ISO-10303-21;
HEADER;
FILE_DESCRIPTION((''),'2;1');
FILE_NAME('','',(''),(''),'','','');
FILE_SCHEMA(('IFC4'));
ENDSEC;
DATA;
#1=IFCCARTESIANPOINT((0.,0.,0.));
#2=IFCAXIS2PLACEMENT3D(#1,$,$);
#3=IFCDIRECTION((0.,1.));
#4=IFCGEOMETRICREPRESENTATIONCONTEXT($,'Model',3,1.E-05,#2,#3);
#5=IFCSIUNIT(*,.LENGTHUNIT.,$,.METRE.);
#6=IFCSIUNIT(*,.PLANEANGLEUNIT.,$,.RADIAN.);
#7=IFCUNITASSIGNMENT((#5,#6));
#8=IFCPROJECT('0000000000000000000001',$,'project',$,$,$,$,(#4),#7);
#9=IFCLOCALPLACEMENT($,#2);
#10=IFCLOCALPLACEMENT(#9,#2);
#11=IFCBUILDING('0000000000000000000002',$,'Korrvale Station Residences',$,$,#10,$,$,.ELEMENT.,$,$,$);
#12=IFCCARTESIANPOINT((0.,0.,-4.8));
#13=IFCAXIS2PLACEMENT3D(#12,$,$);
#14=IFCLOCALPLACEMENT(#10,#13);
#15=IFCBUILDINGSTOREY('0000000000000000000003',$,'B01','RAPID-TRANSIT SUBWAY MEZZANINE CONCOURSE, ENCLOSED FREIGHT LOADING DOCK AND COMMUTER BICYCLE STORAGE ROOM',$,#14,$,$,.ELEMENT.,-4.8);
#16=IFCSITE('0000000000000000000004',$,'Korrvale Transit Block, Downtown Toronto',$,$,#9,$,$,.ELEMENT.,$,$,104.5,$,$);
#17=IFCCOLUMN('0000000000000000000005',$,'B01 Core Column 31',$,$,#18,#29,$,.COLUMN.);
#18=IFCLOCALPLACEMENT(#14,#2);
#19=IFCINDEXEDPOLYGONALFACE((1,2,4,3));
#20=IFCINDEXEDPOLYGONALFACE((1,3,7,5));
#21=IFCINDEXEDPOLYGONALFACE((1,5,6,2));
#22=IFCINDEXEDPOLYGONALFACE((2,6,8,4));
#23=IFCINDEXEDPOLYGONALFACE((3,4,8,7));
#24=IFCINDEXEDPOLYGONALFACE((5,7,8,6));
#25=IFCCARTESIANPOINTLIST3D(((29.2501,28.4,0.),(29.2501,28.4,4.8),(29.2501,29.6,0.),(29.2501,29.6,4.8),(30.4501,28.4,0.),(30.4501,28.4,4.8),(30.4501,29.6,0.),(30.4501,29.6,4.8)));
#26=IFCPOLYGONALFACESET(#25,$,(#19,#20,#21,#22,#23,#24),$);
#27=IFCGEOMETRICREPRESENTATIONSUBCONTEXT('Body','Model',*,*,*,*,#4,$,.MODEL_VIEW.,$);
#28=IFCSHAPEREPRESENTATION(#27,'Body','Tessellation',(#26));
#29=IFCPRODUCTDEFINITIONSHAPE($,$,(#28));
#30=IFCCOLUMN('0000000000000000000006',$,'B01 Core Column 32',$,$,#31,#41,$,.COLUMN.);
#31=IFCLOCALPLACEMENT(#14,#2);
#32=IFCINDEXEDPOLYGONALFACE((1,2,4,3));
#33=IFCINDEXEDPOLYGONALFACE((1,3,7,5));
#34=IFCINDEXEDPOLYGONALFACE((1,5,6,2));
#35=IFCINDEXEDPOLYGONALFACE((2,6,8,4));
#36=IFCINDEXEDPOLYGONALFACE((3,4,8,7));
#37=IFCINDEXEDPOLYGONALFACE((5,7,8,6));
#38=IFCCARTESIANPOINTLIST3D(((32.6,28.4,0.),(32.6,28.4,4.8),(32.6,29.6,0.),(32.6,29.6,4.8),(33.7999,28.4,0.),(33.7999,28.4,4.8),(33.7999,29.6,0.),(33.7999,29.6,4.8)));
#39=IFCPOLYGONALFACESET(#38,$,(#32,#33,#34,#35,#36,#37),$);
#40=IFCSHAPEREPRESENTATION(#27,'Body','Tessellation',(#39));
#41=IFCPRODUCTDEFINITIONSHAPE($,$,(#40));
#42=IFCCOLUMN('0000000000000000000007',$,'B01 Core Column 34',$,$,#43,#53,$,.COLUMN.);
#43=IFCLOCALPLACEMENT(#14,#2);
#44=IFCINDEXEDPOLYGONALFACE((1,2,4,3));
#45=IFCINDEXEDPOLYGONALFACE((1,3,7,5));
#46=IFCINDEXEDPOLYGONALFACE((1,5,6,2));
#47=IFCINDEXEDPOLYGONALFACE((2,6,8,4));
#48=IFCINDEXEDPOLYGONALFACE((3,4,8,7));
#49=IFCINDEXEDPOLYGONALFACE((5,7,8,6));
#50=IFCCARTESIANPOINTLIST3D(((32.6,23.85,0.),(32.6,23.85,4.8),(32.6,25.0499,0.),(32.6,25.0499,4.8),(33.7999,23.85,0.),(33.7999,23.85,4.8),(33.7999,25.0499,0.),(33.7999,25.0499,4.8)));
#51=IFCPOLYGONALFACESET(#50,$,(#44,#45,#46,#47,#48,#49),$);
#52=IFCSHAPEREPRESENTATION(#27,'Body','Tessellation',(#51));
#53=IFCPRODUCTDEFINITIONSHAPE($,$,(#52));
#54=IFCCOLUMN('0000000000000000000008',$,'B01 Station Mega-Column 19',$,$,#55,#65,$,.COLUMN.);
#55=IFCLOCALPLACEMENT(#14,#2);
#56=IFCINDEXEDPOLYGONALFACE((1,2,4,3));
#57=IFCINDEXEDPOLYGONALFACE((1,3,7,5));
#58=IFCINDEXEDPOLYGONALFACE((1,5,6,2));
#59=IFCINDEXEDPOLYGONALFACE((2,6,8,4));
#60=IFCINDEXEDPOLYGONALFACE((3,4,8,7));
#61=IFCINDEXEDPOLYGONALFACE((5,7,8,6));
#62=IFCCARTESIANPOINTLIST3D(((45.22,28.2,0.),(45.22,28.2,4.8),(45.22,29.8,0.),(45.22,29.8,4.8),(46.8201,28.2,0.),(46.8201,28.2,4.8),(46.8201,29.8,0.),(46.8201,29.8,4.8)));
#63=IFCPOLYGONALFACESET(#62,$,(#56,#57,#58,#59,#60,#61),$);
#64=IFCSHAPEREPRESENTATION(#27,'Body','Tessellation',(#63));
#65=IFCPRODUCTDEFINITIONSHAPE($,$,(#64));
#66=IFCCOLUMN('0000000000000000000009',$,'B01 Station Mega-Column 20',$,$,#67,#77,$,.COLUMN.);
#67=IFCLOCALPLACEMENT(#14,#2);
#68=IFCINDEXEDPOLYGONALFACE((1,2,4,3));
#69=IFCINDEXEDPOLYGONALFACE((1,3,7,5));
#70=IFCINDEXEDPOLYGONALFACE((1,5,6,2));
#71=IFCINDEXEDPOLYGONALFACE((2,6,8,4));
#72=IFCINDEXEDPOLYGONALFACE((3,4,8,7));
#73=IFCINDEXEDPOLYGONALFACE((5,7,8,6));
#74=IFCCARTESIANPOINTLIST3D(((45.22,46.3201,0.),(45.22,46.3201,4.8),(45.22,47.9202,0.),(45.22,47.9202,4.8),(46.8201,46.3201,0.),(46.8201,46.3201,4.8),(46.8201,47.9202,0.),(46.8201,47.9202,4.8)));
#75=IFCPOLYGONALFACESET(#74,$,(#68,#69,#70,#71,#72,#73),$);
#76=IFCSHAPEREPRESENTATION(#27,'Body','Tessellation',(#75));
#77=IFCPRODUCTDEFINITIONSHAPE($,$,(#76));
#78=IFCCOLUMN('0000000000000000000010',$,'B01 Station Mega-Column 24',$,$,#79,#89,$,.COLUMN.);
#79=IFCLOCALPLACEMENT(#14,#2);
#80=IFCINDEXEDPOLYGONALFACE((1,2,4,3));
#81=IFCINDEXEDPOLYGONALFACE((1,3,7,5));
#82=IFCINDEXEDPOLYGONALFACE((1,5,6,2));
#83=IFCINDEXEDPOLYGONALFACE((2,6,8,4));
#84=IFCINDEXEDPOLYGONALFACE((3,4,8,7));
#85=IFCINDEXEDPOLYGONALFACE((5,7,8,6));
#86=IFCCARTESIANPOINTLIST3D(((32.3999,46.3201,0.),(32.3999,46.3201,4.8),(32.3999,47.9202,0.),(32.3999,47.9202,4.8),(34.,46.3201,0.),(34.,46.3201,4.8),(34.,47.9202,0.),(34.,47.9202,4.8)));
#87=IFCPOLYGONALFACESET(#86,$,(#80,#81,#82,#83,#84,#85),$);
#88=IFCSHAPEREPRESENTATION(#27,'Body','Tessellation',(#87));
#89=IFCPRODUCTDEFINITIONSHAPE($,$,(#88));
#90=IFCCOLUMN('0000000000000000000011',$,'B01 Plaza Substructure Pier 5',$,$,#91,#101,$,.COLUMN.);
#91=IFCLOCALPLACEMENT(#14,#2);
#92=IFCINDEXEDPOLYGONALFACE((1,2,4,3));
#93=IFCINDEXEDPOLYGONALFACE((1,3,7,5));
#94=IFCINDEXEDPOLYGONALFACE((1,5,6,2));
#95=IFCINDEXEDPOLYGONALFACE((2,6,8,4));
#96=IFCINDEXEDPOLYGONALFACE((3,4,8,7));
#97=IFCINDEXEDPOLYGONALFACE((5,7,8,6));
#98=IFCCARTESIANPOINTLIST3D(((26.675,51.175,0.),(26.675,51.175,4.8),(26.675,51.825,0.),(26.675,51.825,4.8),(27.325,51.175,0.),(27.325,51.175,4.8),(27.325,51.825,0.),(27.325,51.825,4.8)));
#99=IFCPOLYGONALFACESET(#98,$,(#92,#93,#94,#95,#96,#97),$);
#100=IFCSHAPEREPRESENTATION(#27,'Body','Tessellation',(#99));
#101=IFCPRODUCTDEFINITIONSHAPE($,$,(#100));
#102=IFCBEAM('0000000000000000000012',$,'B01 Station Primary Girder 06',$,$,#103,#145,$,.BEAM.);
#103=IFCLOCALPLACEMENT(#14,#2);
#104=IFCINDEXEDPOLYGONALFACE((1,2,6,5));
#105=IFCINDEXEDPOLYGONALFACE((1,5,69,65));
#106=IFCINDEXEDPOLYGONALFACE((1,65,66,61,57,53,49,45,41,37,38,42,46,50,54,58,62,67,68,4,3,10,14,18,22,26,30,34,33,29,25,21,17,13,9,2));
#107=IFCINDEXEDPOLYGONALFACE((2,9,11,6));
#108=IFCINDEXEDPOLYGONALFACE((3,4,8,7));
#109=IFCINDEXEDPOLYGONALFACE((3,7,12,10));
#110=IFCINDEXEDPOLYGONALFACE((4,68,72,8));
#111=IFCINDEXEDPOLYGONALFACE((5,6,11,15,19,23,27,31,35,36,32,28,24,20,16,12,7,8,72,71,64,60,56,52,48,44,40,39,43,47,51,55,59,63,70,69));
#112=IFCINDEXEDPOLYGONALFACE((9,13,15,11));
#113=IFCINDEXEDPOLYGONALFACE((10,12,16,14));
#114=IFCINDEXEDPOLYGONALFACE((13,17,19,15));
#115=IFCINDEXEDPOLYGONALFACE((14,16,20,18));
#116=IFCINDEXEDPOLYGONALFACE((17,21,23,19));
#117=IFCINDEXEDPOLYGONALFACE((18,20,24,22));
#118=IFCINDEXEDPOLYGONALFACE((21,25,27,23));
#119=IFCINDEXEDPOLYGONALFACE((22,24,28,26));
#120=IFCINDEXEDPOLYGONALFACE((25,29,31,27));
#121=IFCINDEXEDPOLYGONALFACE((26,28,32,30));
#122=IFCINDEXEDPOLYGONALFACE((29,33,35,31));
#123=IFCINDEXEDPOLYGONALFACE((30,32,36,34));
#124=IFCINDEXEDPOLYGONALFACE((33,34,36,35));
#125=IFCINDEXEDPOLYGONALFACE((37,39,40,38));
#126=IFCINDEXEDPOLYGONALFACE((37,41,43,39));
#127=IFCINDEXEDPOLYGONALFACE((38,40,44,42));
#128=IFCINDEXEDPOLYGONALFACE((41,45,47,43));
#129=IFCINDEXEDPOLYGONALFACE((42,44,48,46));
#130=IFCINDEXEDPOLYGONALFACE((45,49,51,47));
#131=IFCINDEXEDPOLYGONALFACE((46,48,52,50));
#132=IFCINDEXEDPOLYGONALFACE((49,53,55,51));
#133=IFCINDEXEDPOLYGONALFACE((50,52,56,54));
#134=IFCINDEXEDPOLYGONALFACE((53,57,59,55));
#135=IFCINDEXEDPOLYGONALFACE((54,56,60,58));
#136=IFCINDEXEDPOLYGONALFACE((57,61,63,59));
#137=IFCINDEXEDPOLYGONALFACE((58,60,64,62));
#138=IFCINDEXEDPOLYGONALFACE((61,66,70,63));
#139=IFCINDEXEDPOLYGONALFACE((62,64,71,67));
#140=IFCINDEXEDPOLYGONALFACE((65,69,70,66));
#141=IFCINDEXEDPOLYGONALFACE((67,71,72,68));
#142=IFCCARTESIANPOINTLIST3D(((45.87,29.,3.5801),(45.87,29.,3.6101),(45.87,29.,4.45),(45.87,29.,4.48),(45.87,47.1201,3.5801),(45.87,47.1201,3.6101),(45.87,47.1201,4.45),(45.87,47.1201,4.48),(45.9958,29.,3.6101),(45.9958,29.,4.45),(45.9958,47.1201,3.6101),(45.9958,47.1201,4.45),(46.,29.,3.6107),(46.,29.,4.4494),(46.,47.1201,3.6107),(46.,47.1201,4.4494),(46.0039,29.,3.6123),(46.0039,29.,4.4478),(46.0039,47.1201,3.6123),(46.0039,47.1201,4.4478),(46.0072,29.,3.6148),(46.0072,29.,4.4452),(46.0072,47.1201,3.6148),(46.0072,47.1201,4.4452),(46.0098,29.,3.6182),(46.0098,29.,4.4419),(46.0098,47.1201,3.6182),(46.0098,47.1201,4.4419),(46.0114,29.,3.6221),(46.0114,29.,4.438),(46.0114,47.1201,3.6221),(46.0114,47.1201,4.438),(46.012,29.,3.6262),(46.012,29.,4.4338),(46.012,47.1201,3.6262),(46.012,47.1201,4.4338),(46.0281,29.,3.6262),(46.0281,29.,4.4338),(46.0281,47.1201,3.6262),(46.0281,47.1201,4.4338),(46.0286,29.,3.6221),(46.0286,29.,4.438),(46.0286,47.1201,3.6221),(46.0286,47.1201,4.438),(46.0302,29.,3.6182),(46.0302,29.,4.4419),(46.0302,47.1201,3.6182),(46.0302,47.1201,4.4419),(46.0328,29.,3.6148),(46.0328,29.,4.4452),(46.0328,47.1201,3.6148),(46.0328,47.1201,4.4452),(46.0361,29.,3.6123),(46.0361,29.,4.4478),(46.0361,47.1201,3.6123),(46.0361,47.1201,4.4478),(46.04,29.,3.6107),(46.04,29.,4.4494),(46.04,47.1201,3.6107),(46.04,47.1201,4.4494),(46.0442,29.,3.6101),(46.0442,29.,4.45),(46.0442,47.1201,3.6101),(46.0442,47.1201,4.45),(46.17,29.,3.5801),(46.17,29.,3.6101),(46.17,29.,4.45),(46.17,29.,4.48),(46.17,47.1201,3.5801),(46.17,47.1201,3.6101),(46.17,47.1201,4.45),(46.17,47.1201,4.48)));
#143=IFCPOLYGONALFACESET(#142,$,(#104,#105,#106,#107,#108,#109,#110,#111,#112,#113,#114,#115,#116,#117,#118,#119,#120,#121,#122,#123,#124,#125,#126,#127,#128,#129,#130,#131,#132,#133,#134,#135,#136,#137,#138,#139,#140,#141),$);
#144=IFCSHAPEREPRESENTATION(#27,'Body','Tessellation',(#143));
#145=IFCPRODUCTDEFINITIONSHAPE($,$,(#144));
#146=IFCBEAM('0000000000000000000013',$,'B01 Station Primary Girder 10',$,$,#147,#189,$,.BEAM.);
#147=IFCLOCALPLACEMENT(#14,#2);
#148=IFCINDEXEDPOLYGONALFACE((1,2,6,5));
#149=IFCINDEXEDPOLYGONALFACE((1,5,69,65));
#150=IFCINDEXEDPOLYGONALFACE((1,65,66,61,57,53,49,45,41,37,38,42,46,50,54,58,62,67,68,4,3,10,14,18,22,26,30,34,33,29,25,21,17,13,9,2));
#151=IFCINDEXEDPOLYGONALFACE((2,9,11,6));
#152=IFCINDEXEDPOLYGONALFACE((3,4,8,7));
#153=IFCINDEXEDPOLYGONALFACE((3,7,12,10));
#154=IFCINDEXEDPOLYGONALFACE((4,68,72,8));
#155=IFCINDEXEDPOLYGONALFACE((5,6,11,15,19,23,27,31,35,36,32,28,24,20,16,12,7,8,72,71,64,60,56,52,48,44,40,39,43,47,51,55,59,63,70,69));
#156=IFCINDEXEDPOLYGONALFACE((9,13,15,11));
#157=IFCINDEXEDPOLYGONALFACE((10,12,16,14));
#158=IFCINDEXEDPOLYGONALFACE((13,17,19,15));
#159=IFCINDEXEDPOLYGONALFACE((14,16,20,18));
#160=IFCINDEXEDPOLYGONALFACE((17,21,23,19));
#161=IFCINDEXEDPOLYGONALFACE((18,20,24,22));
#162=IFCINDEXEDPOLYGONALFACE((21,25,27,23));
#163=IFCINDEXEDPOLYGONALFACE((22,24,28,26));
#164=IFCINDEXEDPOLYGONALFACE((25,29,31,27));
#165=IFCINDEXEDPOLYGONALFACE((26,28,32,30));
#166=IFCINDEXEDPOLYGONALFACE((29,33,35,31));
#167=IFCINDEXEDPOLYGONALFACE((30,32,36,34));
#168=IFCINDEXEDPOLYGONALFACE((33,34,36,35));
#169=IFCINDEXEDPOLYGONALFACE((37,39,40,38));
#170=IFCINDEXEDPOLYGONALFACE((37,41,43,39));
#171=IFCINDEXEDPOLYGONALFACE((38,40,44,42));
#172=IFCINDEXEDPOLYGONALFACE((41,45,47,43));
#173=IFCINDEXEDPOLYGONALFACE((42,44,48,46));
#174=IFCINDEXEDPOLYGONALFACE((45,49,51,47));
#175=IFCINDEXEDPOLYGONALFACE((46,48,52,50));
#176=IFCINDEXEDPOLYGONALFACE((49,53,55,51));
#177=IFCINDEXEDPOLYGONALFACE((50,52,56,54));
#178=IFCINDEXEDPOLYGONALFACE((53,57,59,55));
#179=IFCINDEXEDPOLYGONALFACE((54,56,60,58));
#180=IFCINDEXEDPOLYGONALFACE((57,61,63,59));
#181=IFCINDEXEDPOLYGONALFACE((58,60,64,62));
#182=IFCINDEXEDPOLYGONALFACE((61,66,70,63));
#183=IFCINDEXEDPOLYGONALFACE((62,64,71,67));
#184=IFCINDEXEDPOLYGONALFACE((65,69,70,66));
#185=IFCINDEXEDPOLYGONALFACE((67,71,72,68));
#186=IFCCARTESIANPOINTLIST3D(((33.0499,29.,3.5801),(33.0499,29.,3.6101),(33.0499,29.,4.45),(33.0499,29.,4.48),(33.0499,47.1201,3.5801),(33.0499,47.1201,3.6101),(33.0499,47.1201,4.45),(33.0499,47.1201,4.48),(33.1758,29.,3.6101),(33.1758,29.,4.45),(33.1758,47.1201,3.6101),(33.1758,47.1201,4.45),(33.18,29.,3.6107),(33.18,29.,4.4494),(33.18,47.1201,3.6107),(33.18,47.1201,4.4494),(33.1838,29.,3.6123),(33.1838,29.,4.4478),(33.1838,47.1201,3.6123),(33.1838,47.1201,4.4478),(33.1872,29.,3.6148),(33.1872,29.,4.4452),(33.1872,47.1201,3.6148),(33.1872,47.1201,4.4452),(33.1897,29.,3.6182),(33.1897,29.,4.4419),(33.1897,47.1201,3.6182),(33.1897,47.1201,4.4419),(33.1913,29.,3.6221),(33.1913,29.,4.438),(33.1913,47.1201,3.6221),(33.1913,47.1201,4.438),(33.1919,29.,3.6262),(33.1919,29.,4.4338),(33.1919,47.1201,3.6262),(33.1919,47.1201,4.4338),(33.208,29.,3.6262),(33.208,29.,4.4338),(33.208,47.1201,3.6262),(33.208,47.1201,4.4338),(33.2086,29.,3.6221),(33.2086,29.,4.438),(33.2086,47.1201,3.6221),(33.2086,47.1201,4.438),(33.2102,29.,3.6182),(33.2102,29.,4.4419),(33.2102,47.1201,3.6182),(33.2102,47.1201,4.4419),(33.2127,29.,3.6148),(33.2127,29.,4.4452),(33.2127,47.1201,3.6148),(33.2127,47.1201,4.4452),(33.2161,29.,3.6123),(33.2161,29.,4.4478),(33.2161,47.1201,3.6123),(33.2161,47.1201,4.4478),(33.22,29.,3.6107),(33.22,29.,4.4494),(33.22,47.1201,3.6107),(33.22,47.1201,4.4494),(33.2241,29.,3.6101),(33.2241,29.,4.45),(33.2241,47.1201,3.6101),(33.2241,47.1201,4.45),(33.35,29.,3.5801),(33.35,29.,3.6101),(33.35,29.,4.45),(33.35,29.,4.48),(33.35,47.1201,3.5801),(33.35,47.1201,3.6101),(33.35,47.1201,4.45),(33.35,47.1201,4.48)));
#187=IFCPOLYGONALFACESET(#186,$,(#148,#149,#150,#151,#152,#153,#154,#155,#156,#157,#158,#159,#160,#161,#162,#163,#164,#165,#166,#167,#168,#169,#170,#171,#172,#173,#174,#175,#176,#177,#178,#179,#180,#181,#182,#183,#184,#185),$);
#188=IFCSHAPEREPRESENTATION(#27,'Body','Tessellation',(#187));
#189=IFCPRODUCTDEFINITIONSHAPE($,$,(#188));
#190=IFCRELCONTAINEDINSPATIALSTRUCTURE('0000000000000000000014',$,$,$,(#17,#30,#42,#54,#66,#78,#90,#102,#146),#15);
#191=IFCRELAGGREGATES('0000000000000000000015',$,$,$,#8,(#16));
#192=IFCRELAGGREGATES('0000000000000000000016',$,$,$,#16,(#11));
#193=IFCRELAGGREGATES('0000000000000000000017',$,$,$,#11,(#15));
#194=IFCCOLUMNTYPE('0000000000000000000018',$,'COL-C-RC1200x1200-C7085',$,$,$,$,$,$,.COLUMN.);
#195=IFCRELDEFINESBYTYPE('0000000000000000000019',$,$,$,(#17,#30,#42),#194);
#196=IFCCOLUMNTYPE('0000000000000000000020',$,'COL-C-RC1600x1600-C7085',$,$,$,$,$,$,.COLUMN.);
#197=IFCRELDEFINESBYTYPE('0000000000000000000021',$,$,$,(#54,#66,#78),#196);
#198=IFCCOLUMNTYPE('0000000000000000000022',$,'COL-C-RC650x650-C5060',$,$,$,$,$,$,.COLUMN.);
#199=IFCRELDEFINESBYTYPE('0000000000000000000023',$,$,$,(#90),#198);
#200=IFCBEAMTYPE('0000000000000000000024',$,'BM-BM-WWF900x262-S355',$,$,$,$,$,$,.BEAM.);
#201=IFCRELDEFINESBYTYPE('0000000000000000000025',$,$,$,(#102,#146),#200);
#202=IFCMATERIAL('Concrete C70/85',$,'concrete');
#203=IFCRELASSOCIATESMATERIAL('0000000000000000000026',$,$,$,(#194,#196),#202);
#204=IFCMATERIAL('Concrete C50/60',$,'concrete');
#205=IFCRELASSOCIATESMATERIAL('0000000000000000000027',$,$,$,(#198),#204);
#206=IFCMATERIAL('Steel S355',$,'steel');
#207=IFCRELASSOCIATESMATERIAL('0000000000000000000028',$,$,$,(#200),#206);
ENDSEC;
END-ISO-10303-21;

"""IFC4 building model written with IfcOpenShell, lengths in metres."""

from ifc_helpers import new_model, si_unit, direction, frame, origin, origin_2d, place, context, subcontext, project, spatial, rectangle, i_section, extrude, material, material_profile, profile_set, type_object, element, save


model = new_model("IFC4")

# Units and contexts
model_context = context("Model", 3, precision=1e-05, world=origin(), true_north=direction((0.0, 1.0)))
body_context = subcontext(model_context, "Body", "Model", "MODEL_VIEW")
ifc_project = project(units=[si_unit("LENGTHUNIT", "METRE"), si_unit("PLANEANGLEUNIT", "RADIAN")], contexts=[model_context])

# Site, building, storey
site_placement = place(None, origin())
site = spatial("IfcSite", under=ifc_project, at=site_placement, Name="Korrvale Transit Block, Downtown Toronto", CompositionType="ELEMENT", RefElevation=104.5)
building_placement = place(site_placement, origin())
building = spatial("IfcBuilding", under=site, at=building_placement, Name="Korrvale Station Residences", CompositionType="ELEMENT")
storey_placement = place(building_placement, frame((0.0, 0.0, -4.8)))
storey = spatial("IfcBuildingStorey", under=building, at=storey_placement, Name="B01", Description="RAPID-TRANSIT SUBWAY MEZZANINE CONCOURSE, ENCLOSED FREIGHT LOADING DOCK AND COMMUTER BICYCLE STORAGE ROOM", CompositionType="ELEMENT", Elevation=-4.8)

# Columns
ifc_material_1 = material(Name="Concrete C70/85", Category="concrete")
ifc_material_profile_1 = material_profile(ifc_material_1, rectangle(XDim=1.2, YDim=1.2, at=origin_2d()), Name="RC1200x1200")
ifc_profile_set_1 = profile_set([ifc_material_profile_1], Name="Concrete C70/85")
column_type_1 = type_object("IfcColumnType", Name="COL-C-RC1200x1200-C7085", PredefinedType="COLUMN", material=ifc_profile_set_1)
for number, where, z_axis, x_axis, name in (
    (1, (29.8501, 29.0, 0.0), (0.0, 0.0, 1.0), (1.0, 0.0, 0.0), "B01 Core Column 31"),
    (2, (33.2, 29.0, 0.0), (0.0, 0.0, 1.0), (1.0, 0.0, 0.0), "B01 Core Column 32"),
    (3, (33.2, 24.45, 0.0), (0.0, 0.0, 1.0), (1.0, 0.0, 0.0), "B01 Core Column 34"),
):
    element("IfcColumn", number, at=place(storey_placement, frame(where, z_axis=z_axis, x_axis=x_axis)), inside=storey, type_object=column_type_1, Name=name, PredefinedType="COLUMN", context=body_context, shape_type="SweptSolid", body=[
        extrude(rectangle(XDim=1.2, YDim=1.2, at=origin_2d()), origin(), (0.0, 0.0, 1.0), 4.8),
    ])
ifc_material_profile_2 = material_profile(ifc_material_1, rectangle(XDim=1.6001, YDim=1.6001, at=origin_2d()), Name="RC1600x1600")
ifc_profile_set_2 = profile_set([ifc_material_profile_2], Name="Concrete C70/85")
column_type_2 = type_object("IfcColumnType", Name="COL-C-RC1600x1600-C7085", PredefinedType="COLUMN", material=ifc_profile_set_2)
for number, where, z_axis, x_axis, name in (
    (4, (46.02, 29.0, 0.0), (0.0, 0.0, 1.0), (1.0, 0.0, 0.0), "B01 Station Mega-Column 19"),
    (5, (46.02, 47.1201, 0.0), (0.0, 0.0, 1.0), (1.0, 0.0, 0.0), "B01 Station Mega-Column 20"),
    (6, (33.2, 47.1201, 0.0), (0.0, 0.0, 1.0), (1.0, 0.0, 0.0), "B01 Station Mega-Column 24"),
):
    element("IfcColumn", number, at=place(storey_placement, frame(where, z_axis=z_axis, x_axis=x_axis)), inside=storey, type_object=column_type_2, Name=name, PredefinedType="COLUMN", context=body_context, shape_type="SweptSolid", body=[
        extrude(rectangle(XDim=1.6001, YDim=1.6001, at=origin_2d()), origin(), (0.0, 0.0, 1.0), 4.8),
    ])
ifc_material_2 = material(Name="Concrete C50/60", Category="concrete")
ifc_material_profile_3 = material_profile(ifc_material_2, rectangle(XDim=0.6499, YDim=0.6499, at=origin_2d()), Name="RC650x650")
ifc_profile_set_3 = profile_set([ifc_material_profile_3], Name="Concrete C50/60")
column_type_3 = type_object("IfcColumnType", Name="COL-C-RC650x650-C5060", PredefinedType="COLUMN", material=ifc_profile_set_3)
column_placement = place(storey_placement, frame((27.0, 51.5, 0.0), z_axis=(0.0, 0.0, 1.0), x_axis=(1.0, 0.0, 0.0)))
element("IfcColumn", 7, at=column_placement, inside=storey, type_object=column_type_3, Name="B01 Plaza Substructure Pier 5", PredefinedType="COLUMN", context=body_context, shape_type="SweptSolid", body=[
    extrude(rectangle(XDim=0.6499, YDim=0.6499, at=origin_2d()), origin(), (0.0, 0.0, 1.0), 4.8),
])

# Beams
ifc_material_3 = material(Name="Steel S355", Category="steel")
ifc_material_profile_4 = material_profile(ifc_material_3, i_section(OverallWidth=0.3, OverallDepth=0.8999, WebThickness=0.0161, FlangeThickness=0.03, FilletRadius=0.0161, at=origin_2d()), Name="WWF900x262")
ifc_profile_set_4 = profile_set([ifc_material_profile_4], Name="Steel S355")
beam_type_1 = type_object("IfcBeamType", Name="BM-BM-WWF900x262-S355", PredefinedType="BEAM", material=ifc_profile_set_4)
for number, where, z_axis, x_axis, name in (
    (8, (46.02, 29.0, 4.03), (0.0, 1.0, 0.0), (-1.0, 0.0, 0.0), "B01 Station Primary Girder 06"),
    (9, (33.2, 29.0, 4.03), (0.0, 1.0, 0.0), (-1.0, 0.0, 0.0), "B01 Station Primary Girder 10"),
):
    element("IfcBeam", number, at=place(storey_placement, frame(where, z_axis=z_axis, x_axis=x_axis)), inside=storey, type_object=beam_type_1, Name=name, PredefinedType="BEAM", context=body_context, shape_type="SweptSolid", body=[
        extrude(i_section(OverallWidth=0.3, OverallDepth=0.8999, WebThickness=0.0161, FlangeThickness=0.03, FilletRadius=0.0161, at=origin_2d()), origin(), (0.0, 0.0, 1.0), 18.1201),
    ])

save(model, "model.ifc")
